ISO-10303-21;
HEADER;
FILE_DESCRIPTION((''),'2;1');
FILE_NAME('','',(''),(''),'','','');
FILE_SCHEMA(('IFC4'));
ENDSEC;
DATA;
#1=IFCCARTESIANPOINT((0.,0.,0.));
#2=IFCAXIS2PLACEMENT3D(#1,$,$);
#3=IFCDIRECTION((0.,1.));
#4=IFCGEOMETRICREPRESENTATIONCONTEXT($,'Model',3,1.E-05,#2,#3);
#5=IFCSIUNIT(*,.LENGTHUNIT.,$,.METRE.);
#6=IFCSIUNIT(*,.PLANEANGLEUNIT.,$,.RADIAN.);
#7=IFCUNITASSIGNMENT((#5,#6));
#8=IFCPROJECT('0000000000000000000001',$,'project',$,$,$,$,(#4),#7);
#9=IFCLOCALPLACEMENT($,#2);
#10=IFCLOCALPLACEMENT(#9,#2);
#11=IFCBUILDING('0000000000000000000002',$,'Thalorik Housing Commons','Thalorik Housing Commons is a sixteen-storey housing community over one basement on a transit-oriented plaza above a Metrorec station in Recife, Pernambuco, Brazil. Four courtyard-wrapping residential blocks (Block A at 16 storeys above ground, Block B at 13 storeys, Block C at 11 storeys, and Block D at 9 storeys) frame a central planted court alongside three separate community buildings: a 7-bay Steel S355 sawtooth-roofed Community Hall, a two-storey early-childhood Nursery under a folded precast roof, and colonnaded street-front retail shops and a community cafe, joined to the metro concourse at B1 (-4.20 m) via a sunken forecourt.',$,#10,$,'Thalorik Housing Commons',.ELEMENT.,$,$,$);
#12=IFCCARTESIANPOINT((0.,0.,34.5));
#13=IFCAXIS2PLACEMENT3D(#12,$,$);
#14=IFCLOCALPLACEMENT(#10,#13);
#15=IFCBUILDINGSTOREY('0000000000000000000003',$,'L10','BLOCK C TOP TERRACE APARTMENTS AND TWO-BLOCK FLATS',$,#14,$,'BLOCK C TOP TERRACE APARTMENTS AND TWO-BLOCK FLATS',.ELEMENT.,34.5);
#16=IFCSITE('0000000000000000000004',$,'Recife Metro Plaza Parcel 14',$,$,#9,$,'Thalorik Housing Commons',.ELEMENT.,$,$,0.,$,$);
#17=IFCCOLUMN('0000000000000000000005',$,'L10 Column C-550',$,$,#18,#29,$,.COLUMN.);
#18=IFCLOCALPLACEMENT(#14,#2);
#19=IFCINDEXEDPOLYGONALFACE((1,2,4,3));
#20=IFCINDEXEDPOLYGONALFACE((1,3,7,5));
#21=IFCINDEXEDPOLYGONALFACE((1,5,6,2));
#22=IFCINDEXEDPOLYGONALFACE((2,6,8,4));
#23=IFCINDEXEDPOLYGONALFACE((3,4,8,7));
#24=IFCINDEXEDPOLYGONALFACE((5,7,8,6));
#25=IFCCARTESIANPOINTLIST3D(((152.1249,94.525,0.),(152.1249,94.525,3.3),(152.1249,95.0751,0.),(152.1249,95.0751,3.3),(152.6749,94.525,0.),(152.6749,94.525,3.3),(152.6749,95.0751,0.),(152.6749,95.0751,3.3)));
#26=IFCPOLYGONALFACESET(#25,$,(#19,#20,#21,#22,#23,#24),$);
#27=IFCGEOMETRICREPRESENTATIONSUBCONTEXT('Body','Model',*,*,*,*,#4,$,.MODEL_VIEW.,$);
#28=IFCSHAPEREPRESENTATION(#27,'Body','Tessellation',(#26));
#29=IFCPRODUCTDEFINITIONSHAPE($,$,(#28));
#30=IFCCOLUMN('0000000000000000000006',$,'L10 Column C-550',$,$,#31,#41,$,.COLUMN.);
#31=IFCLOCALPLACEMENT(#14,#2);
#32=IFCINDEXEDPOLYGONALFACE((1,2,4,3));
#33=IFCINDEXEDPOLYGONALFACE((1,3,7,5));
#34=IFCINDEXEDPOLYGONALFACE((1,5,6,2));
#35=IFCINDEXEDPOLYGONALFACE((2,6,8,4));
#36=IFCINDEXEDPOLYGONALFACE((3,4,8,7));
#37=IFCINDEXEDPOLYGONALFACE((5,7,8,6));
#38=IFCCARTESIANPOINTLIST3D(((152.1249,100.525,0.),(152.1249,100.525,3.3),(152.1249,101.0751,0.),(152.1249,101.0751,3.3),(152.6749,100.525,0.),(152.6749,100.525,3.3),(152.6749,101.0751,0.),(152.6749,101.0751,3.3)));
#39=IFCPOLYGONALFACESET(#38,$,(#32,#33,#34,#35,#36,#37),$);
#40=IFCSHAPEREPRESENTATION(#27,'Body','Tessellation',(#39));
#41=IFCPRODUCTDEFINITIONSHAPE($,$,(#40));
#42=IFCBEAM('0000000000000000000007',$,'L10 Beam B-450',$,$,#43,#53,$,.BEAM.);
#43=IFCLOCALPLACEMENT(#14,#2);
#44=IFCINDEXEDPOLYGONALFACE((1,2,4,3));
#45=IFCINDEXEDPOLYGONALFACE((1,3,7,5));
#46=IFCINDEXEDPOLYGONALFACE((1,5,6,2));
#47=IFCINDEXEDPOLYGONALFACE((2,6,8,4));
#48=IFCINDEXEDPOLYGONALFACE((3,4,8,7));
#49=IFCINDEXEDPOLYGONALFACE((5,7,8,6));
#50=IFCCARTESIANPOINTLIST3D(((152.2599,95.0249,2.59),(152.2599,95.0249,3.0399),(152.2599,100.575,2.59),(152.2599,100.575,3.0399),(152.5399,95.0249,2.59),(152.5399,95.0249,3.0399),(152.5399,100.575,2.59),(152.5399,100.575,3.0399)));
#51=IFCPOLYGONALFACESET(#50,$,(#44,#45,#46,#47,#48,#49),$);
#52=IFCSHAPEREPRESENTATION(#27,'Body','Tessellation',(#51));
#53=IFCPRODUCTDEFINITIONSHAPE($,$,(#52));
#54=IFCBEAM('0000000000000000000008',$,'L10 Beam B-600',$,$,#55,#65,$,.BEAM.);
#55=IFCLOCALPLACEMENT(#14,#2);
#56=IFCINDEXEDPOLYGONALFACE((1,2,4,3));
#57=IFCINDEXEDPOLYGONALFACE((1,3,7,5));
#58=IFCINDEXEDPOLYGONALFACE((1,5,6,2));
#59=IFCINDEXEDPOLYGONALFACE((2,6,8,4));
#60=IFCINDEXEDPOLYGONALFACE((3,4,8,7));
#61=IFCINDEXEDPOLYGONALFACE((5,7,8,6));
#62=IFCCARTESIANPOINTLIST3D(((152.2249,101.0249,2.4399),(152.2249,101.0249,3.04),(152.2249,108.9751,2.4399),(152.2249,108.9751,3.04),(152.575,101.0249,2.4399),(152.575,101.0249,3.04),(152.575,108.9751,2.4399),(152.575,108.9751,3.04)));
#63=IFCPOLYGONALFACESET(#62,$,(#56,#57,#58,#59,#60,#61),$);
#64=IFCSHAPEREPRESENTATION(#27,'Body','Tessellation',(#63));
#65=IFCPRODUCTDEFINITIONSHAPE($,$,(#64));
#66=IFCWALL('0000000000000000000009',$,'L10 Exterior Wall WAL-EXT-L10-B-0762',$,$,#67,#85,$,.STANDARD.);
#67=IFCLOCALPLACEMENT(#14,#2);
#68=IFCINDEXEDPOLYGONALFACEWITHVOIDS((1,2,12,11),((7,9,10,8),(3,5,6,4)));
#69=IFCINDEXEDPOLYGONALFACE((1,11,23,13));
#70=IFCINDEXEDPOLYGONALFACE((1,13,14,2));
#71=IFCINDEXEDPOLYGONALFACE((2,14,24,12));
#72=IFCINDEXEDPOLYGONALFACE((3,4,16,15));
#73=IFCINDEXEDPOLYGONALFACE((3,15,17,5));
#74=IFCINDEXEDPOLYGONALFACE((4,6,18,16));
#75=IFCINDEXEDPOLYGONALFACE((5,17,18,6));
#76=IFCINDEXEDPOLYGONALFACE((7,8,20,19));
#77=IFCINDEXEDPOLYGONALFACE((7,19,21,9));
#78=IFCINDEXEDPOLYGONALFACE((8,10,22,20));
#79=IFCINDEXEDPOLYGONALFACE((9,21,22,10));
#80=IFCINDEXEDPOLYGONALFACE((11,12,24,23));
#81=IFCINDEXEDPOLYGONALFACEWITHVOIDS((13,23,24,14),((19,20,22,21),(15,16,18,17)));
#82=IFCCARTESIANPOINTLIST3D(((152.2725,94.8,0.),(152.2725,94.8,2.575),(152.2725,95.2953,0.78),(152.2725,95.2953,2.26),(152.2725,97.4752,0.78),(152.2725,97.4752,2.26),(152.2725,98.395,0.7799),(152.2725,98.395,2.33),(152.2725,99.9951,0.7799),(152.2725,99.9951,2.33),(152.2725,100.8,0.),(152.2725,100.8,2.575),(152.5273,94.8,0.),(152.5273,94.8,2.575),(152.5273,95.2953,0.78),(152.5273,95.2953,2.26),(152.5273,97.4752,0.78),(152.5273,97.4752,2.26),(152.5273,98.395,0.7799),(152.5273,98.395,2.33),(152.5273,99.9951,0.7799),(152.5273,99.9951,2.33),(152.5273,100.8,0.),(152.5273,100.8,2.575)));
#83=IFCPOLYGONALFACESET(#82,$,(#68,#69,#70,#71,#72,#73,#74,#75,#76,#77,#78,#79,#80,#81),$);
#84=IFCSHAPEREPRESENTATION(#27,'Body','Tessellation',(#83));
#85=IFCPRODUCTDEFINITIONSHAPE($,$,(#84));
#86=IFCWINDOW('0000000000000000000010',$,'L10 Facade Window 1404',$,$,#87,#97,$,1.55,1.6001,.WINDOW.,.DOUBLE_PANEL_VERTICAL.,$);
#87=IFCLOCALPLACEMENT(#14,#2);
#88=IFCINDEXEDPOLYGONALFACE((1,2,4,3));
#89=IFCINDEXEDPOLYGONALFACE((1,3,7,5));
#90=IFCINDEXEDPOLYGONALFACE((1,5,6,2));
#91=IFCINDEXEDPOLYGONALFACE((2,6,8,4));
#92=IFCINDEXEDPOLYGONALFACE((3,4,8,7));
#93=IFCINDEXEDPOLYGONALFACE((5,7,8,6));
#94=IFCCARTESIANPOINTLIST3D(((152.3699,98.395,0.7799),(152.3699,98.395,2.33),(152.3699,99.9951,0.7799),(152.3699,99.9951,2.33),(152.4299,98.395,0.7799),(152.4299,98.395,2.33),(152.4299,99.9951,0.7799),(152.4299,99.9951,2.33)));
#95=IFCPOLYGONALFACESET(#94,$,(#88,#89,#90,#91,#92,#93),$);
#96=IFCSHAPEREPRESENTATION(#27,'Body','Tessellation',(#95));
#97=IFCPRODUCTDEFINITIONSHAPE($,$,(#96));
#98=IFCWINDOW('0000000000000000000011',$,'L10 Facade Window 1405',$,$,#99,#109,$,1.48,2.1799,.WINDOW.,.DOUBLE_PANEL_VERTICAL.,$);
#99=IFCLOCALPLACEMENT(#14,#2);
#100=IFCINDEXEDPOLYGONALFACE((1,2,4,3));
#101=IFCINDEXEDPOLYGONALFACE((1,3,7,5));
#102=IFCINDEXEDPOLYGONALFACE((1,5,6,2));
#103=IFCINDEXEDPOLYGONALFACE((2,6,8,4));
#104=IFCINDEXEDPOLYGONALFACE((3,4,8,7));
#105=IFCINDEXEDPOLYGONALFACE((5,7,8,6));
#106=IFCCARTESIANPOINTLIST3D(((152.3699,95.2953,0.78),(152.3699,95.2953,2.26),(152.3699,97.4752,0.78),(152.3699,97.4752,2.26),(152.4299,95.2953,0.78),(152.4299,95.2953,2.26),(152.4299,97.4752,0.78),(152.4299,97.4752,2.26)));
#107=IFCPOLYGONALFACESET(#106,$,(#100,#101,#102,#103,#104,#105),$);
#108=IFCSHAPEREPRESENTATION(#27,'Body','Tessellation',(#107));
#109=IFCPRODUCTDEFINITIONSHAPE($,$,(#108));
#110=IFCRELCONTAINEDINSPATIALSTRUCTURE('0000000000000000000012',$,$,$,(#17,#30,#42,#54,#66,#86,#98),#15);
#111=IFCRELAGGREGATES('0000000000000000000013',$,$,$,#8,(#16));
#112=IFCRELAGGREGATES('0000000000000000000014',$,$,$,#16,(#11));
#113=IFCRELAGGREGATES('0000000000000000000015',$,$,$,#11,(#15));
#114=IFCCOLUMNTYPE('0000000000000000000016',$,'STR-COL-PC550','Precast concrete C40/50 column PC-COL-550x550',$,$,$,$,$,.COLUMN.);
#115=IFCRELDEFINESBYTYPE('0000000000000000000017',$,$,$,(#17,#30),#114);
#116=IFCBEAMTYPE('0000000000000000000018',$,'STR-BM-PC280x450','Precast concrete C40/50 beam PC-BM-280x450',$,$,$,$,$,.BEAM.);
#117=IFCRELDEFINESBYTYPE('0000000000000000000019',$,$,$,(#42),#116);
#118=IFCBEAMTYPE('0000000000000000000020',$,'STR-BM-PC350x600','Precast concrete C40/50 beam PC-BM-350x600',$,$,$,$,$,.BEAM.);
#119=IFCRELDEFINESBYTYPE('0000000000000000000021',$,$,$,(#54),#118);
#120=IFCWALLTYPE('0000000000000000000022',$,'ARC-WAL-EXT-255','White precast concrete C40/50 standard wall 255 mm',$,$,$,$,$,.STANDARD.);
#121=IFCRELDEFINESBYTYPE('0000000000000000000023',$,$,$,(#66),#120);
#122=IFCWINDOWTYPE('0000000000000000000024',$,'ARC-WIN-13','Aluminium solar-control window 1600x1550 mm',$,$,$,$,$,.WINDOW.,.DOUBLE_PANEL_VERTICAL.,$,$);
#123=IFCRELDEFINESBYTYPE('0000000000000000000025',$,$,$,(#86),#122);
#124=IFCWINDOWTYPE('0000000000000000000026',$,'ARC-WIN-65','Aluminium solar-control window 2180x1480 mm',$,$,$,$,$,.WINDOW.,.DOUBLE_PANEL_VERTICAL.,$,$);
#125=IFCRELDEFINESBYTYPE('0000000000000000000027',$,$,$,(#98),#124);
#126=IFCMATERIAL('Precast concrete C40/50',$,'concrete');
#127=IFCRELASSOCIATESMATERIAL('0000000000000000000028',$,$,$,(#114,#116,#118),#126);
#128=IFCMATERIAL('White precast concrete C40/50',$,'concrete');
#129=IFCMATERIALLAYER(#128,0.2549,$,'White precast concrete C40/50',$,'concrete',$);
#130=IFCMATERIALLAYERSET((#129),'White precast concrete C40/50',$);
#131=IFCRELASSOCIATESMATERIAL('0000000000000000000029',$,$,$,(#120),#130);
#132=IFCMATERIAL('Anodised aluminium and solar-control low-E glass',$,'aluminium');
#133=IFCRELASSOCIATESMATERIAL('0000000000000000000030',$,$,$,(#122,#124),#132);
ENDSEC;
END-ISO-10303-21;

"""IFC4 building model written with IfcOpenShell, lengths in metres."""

from ifc_helpers import new_model, si_unit, direction, frame, frame_2d, origin, origin_2d, place, context, subcontext, project, spatial, rectangle, extrude, material, layer, layer_set, material_profile, profile_set, type_object, element, fill, save


model = new_model("IFC4")

# Units and contexts
model_context = context("Model", 3, precision=1e-05, world=origin(), true_north=direction((0.0, 1.0)))
body_context = subcontext(model_context, "Body", "Model", "MODEL_VIEW")
ifc_project = project(units=[si_unit("LENGTHUNIT", "METRE"), si_unit("PLANEANGLEUNIT", "RADIAN")], contexts=[model_context])

# Site, building, storey
site_placement = place(None, origin())
site = spatial("IfcSite", under=ifc_project, at=site_placement, Name="Recife Metro Plaza Parcel 14", LongName="Thalorik Housing Commons", CompositionType="ELEMENT", RefElevation=0.0)
building_placement = place(site_placement, origin())
building = spatial("IfcBuilding", under=site, at=building_placement, Name="Thalorik Housing Commons", Description="Thalorik Housing Commons is a sixteen-storey housing community over one basement on a transit-oriented plaza above a Metrorec station in Recife, Pernambuco, Brazil. Four courtyard-wrapping residential blocks (Block A at 16 storeys above ground, Block B at 13 storeys, Block C at 11 storeys, and Block D at 9 storeys) frame a central planted court alongside three separate community buildings: a 7-bay Steel S355 sawtooth-roofed Community Hall, a two-storey early-childhood Nursery under a folded precast roof, and colonnaded street-front retail shops and a community cafe, joined to the metro concourse at B1 (-4.20 m) via a sunken forecourt.", LongName="Thalorik Housing Commons", CompositionType="ELEMENT")
storey_placement = place(building_placement, frame((0.0, 0.0, 34.5)))
storey = spatial("IfcBuildingStorey", under=building, at=storey_placement, Name="L10", Description="BLOCK C TOP TERRACE APARTMENTS AND TWO-BLOCK FLATS", LongName="BLOCK C TOP TERRACE APARTMENTS AND TWO-BLOCK FLATS", CompositionType="ELEMENT", Elevation=34.5)

# Columns
ifc_material_1 = material(Name="Precast concrete C40/50", Category="concrete")
ifc_material_profile_1 = material_profile(ifc_material_1, rectangle(XDim=0.55, YDim=0.55, at=origin_2d()), Name="PC 550x550", Category="concrete")
ifc_profile_set_1 = profile_set([ifc_material_profile_1], Name="Precast concrete C40/50")
column_type = type_object("IfcColumnType", Name="STR-COL-PC550", Description="Precast concrete C40/50 column PC-COL-550x550", PredefinedType="COLUMN", material=ifc_profile_set_1)
for number, where, z_axis, x_axis, name in (
    (1, (152.3999, 94.8, 0.0), (0.0, 0.0, 1.0), (1.0, 0.0, 0.0), "L10 Column C-550"),
    (2, (152.3999, 100.8, 0.0), (0.0, 0.0, 1.0), (1.0, 0.0, 0.0), "L10 Column C-550"),
):
    element("IfcColumn", number, at=place(storey_placement, frame(where, z_axis=z_axis, x_axis=x_axis)), inside=storey, type_object=column_type, Name=name, PredefinedType="COLUMN", context=body_context, shape_type="SweptSolid", body=[
        extrude(rectangle(XDim=0.55, YDim=0.55, at=origin_2d()), origin(), (0.0, 0.0, 1.0), 3.3),
    ])

# Beams
ifc_material_profile_2 = material_profile(ifc_material_1, rectangle(XDim=0.28, YDim=0.45, at=origin_2d()), Name="PC 280x450", Category="concrete")
ifc_profile_set_2 = profile_set([ifc_material_profile_2], Name="Precast concrete C40/50")
beam_type_1 = type_object("IfcBeamType", Name="STR-BM-PC280x450", Description="Precast concrete C40/50 beam PC-BM-280x450", PredefinedType="BEAM", material=ifc_profile_set_2)
beam_1_placement = place(storey_placement, frame((152.3999, 95.0249, 2.8149), z_axis=(0.0, 1.0, 0.0), x_axis=(-1.0, 0.0, 0.0)))
element("IfcBeam", 3, at=beam_1_placement, inside=storey, type_object=beam_type_1, Name="L10 Beam B-450", PredefinedType="BEAM", context=body_context, shape_type="SweptSolid", body=[
    extrude(rectangle(XDim=0.28, YDim=0.45, at=origin_2d()), origin(), (0.0, 0.0, 1.0), 5.55),
])
ifc_material_profile_3 = material_profile(ifc_material_1, rectangle(XDim=0.3501, YDim=0.6001, at=origin_2d()), Name="PC 350x600", Category="concrete")
ifc_profile_set_3 = profile_set([ifc_material_profile_3], Name="Precast concrete C40/50")
beam_type_2 = type_object("IfcBeamType", Name="STR-BM-PC350x600", Description="Precast concrete C40/50 beam PC-BM-350x600", PredefinedType="BEAM", material=ifc_profile_set_3)
beam_2_placement = place(storey_placement, frame((152.3999, 101.0249, 2.74), z_axis=(0.0, 1.0, 0.0), x_axis=(-1.0, 0.0, 0.0)))
element("IfcBeam", 4, at=beam_2_placement, inside=storey, type_object=beam_type_2, Name="L10 Beam B-600", PredefinedType="BEAM", context=body_context, shape_type="SweptSolid", body=[
    extrude(rectangle(XDim=0.3501, YDim=0.6001, at=origin_2d()), origin(), (0.0, 0.0, 1.0), 7.9502),
])

# Wall, openings, windows
ifc_material_2 = material(Name="White precast concrete C40/50", Category="concrete")
ifc_layer_1 = layer(ifc_material_2, 0.2549, Name="White precast concrete C40/50", Category="concrete")
ifc_layer_set_1 = layer_set([ifc_layer_1], Name="White precast concrete C40/50")
wall_type_1 = type_object("IfcWallType", Name="ARC-WAL-EXT-255", Description="White precast concrete C40/50 standard wall 255 mm", PredefinedType="STANDARD", material=ifc_layer_set_1)
wall_1_placement = place(storey_placement, frame((152.3999, 100.8, 0.0), z_axis=(0.0, 0.0, 1.0), x_axis=(0.0, -1.0, 0.0)))
wall_1 = element("IfcWall", 5, at=wall_1_placement, inside=storey, type_object=wall_type_1, Name="L10 Exterior Wall WAL-EXT-L10-B-0762", PredefinedType="STANDARD", context=body_context, shape_type="SweptSolid", body=[
    extrude(rectangle(XDim=6.0, YDim=0.2549, at=frame_2d((3.0, 0.0))), origin(), (0.0, 0.0, 1.0), 2.575),
])
opening_1_placement = place(wall_1_placement, frame((0.8049, 0.0, 0.78)))
opening_1 = element("IfcOpeningElement", 6, at=opening_1_placement, cuts=wall_1, PredefinedType="OPENING", context=body_context, shape_type="SweptSolid", body=[
    extrude(rectangle(XDim=1.6001, YDim=1.55, at=frame_2d((0.8, 0.7749))), frame((0.0, 0.1375, 0.0), z_axis=(0.0, -1.0, 0.0), x_axis=(1.0, 0.0, 0.0)), (0.0, 0.0, 1.0), 0.2749),
])
opening_2_placement = place(wall_1_placement, frame((3.325, 0.0, 0.78)))
opening_2 = element("IfcOpeningElement", 7, at=opening_2_placement, cuts=wall_1, PredefinedType="OPENING", context=body_context, shape_type="SweptSolid", body=[
    extrude(rectangle(XDim=2.1799, YDim=1.48, at=frame_2d((1.0898, 0.74))), frame((0.0, 0.1375, 0.0), z_axis=(0.0, -1.0, 0.0), x_axis=(1.0, 0.0, 0.0)), (0.0, 0.0, 1.0), 0.2749),
])
ifc_material_3 = material(Name="Anodised aluminium and solar-control low-E glass", Category="aluminium")
window_type_1 = type_object("IfcWindowType", Name="ARC-WIN-13", Description="Aluminium solar-control window 1600x1550 mm", PartitioningType="DOUBLE_PANEL_VERTICAL", PredefinedType="WINDOW", material=ifc_material_3)
window_1_placement = place(opening_1_placement, origin())
window_1 = element("IfcWindow", 8, at=window_1_placement, inside=storey, type_object=window_type_1, Name="L10 Facade Window 1404", OverallHeight=1.55, OverallWidth=1.6001, PartitioningType="DOUBLE_PANEL_VERTICAL", PredefinedType="WINDOW", context=body_context, shape_type="SweptSolid", body=[
    extrude(rectangle(XDim=1.6001, YDim=1.55, at=frame_2d((0.8, 0.7749))), frame((0.0, 0.03, 0.0), z_axis=(0.0, -1.0, 0.0), x_axis=(1.0, 0.0, 0.0)), (0.0, 0.0, 1.0), 0.0601),
])
fill(opening_1, window_1)
window_type_2 = type_object("IfcWindowType", Name="ARC-WIN-65", Description="Aluminium solar-control window 2180x1480 mm", PartitioningType="DOUBLE_PANEL_VERTICAL", PredefinedType="WINDOW", material=ifc_material_3)
window_2_placement = place(opening_2_placement, origin())
window_2 = element("IfcWindow", 9, at=window_2_placement, inside=storey, type_object=window_type_2, Name="L10 Facade Window 1405", OverallHeight=1.48, OverallWidth=2.1799, PartitioningType="DOUBLE_PANEL_VERTICAL", PredefinedType="WINDOW", context=body_context, shape_type="SweptSolid", body=[
    extrude(rectangle(XDim=2.1799, YDim=1.48, at=frame_2d((1.0898, 0.74))), frame((0.0, 0.03, 0.0), z_axis=(0.0, -1.0, 0.0), x_axis=(1.0, 0.0, 0.0)), (0.0, 0.0, 1.0), 0.0601),
])
fill(opening_2, window_2)

save(model, "model.ifc")
